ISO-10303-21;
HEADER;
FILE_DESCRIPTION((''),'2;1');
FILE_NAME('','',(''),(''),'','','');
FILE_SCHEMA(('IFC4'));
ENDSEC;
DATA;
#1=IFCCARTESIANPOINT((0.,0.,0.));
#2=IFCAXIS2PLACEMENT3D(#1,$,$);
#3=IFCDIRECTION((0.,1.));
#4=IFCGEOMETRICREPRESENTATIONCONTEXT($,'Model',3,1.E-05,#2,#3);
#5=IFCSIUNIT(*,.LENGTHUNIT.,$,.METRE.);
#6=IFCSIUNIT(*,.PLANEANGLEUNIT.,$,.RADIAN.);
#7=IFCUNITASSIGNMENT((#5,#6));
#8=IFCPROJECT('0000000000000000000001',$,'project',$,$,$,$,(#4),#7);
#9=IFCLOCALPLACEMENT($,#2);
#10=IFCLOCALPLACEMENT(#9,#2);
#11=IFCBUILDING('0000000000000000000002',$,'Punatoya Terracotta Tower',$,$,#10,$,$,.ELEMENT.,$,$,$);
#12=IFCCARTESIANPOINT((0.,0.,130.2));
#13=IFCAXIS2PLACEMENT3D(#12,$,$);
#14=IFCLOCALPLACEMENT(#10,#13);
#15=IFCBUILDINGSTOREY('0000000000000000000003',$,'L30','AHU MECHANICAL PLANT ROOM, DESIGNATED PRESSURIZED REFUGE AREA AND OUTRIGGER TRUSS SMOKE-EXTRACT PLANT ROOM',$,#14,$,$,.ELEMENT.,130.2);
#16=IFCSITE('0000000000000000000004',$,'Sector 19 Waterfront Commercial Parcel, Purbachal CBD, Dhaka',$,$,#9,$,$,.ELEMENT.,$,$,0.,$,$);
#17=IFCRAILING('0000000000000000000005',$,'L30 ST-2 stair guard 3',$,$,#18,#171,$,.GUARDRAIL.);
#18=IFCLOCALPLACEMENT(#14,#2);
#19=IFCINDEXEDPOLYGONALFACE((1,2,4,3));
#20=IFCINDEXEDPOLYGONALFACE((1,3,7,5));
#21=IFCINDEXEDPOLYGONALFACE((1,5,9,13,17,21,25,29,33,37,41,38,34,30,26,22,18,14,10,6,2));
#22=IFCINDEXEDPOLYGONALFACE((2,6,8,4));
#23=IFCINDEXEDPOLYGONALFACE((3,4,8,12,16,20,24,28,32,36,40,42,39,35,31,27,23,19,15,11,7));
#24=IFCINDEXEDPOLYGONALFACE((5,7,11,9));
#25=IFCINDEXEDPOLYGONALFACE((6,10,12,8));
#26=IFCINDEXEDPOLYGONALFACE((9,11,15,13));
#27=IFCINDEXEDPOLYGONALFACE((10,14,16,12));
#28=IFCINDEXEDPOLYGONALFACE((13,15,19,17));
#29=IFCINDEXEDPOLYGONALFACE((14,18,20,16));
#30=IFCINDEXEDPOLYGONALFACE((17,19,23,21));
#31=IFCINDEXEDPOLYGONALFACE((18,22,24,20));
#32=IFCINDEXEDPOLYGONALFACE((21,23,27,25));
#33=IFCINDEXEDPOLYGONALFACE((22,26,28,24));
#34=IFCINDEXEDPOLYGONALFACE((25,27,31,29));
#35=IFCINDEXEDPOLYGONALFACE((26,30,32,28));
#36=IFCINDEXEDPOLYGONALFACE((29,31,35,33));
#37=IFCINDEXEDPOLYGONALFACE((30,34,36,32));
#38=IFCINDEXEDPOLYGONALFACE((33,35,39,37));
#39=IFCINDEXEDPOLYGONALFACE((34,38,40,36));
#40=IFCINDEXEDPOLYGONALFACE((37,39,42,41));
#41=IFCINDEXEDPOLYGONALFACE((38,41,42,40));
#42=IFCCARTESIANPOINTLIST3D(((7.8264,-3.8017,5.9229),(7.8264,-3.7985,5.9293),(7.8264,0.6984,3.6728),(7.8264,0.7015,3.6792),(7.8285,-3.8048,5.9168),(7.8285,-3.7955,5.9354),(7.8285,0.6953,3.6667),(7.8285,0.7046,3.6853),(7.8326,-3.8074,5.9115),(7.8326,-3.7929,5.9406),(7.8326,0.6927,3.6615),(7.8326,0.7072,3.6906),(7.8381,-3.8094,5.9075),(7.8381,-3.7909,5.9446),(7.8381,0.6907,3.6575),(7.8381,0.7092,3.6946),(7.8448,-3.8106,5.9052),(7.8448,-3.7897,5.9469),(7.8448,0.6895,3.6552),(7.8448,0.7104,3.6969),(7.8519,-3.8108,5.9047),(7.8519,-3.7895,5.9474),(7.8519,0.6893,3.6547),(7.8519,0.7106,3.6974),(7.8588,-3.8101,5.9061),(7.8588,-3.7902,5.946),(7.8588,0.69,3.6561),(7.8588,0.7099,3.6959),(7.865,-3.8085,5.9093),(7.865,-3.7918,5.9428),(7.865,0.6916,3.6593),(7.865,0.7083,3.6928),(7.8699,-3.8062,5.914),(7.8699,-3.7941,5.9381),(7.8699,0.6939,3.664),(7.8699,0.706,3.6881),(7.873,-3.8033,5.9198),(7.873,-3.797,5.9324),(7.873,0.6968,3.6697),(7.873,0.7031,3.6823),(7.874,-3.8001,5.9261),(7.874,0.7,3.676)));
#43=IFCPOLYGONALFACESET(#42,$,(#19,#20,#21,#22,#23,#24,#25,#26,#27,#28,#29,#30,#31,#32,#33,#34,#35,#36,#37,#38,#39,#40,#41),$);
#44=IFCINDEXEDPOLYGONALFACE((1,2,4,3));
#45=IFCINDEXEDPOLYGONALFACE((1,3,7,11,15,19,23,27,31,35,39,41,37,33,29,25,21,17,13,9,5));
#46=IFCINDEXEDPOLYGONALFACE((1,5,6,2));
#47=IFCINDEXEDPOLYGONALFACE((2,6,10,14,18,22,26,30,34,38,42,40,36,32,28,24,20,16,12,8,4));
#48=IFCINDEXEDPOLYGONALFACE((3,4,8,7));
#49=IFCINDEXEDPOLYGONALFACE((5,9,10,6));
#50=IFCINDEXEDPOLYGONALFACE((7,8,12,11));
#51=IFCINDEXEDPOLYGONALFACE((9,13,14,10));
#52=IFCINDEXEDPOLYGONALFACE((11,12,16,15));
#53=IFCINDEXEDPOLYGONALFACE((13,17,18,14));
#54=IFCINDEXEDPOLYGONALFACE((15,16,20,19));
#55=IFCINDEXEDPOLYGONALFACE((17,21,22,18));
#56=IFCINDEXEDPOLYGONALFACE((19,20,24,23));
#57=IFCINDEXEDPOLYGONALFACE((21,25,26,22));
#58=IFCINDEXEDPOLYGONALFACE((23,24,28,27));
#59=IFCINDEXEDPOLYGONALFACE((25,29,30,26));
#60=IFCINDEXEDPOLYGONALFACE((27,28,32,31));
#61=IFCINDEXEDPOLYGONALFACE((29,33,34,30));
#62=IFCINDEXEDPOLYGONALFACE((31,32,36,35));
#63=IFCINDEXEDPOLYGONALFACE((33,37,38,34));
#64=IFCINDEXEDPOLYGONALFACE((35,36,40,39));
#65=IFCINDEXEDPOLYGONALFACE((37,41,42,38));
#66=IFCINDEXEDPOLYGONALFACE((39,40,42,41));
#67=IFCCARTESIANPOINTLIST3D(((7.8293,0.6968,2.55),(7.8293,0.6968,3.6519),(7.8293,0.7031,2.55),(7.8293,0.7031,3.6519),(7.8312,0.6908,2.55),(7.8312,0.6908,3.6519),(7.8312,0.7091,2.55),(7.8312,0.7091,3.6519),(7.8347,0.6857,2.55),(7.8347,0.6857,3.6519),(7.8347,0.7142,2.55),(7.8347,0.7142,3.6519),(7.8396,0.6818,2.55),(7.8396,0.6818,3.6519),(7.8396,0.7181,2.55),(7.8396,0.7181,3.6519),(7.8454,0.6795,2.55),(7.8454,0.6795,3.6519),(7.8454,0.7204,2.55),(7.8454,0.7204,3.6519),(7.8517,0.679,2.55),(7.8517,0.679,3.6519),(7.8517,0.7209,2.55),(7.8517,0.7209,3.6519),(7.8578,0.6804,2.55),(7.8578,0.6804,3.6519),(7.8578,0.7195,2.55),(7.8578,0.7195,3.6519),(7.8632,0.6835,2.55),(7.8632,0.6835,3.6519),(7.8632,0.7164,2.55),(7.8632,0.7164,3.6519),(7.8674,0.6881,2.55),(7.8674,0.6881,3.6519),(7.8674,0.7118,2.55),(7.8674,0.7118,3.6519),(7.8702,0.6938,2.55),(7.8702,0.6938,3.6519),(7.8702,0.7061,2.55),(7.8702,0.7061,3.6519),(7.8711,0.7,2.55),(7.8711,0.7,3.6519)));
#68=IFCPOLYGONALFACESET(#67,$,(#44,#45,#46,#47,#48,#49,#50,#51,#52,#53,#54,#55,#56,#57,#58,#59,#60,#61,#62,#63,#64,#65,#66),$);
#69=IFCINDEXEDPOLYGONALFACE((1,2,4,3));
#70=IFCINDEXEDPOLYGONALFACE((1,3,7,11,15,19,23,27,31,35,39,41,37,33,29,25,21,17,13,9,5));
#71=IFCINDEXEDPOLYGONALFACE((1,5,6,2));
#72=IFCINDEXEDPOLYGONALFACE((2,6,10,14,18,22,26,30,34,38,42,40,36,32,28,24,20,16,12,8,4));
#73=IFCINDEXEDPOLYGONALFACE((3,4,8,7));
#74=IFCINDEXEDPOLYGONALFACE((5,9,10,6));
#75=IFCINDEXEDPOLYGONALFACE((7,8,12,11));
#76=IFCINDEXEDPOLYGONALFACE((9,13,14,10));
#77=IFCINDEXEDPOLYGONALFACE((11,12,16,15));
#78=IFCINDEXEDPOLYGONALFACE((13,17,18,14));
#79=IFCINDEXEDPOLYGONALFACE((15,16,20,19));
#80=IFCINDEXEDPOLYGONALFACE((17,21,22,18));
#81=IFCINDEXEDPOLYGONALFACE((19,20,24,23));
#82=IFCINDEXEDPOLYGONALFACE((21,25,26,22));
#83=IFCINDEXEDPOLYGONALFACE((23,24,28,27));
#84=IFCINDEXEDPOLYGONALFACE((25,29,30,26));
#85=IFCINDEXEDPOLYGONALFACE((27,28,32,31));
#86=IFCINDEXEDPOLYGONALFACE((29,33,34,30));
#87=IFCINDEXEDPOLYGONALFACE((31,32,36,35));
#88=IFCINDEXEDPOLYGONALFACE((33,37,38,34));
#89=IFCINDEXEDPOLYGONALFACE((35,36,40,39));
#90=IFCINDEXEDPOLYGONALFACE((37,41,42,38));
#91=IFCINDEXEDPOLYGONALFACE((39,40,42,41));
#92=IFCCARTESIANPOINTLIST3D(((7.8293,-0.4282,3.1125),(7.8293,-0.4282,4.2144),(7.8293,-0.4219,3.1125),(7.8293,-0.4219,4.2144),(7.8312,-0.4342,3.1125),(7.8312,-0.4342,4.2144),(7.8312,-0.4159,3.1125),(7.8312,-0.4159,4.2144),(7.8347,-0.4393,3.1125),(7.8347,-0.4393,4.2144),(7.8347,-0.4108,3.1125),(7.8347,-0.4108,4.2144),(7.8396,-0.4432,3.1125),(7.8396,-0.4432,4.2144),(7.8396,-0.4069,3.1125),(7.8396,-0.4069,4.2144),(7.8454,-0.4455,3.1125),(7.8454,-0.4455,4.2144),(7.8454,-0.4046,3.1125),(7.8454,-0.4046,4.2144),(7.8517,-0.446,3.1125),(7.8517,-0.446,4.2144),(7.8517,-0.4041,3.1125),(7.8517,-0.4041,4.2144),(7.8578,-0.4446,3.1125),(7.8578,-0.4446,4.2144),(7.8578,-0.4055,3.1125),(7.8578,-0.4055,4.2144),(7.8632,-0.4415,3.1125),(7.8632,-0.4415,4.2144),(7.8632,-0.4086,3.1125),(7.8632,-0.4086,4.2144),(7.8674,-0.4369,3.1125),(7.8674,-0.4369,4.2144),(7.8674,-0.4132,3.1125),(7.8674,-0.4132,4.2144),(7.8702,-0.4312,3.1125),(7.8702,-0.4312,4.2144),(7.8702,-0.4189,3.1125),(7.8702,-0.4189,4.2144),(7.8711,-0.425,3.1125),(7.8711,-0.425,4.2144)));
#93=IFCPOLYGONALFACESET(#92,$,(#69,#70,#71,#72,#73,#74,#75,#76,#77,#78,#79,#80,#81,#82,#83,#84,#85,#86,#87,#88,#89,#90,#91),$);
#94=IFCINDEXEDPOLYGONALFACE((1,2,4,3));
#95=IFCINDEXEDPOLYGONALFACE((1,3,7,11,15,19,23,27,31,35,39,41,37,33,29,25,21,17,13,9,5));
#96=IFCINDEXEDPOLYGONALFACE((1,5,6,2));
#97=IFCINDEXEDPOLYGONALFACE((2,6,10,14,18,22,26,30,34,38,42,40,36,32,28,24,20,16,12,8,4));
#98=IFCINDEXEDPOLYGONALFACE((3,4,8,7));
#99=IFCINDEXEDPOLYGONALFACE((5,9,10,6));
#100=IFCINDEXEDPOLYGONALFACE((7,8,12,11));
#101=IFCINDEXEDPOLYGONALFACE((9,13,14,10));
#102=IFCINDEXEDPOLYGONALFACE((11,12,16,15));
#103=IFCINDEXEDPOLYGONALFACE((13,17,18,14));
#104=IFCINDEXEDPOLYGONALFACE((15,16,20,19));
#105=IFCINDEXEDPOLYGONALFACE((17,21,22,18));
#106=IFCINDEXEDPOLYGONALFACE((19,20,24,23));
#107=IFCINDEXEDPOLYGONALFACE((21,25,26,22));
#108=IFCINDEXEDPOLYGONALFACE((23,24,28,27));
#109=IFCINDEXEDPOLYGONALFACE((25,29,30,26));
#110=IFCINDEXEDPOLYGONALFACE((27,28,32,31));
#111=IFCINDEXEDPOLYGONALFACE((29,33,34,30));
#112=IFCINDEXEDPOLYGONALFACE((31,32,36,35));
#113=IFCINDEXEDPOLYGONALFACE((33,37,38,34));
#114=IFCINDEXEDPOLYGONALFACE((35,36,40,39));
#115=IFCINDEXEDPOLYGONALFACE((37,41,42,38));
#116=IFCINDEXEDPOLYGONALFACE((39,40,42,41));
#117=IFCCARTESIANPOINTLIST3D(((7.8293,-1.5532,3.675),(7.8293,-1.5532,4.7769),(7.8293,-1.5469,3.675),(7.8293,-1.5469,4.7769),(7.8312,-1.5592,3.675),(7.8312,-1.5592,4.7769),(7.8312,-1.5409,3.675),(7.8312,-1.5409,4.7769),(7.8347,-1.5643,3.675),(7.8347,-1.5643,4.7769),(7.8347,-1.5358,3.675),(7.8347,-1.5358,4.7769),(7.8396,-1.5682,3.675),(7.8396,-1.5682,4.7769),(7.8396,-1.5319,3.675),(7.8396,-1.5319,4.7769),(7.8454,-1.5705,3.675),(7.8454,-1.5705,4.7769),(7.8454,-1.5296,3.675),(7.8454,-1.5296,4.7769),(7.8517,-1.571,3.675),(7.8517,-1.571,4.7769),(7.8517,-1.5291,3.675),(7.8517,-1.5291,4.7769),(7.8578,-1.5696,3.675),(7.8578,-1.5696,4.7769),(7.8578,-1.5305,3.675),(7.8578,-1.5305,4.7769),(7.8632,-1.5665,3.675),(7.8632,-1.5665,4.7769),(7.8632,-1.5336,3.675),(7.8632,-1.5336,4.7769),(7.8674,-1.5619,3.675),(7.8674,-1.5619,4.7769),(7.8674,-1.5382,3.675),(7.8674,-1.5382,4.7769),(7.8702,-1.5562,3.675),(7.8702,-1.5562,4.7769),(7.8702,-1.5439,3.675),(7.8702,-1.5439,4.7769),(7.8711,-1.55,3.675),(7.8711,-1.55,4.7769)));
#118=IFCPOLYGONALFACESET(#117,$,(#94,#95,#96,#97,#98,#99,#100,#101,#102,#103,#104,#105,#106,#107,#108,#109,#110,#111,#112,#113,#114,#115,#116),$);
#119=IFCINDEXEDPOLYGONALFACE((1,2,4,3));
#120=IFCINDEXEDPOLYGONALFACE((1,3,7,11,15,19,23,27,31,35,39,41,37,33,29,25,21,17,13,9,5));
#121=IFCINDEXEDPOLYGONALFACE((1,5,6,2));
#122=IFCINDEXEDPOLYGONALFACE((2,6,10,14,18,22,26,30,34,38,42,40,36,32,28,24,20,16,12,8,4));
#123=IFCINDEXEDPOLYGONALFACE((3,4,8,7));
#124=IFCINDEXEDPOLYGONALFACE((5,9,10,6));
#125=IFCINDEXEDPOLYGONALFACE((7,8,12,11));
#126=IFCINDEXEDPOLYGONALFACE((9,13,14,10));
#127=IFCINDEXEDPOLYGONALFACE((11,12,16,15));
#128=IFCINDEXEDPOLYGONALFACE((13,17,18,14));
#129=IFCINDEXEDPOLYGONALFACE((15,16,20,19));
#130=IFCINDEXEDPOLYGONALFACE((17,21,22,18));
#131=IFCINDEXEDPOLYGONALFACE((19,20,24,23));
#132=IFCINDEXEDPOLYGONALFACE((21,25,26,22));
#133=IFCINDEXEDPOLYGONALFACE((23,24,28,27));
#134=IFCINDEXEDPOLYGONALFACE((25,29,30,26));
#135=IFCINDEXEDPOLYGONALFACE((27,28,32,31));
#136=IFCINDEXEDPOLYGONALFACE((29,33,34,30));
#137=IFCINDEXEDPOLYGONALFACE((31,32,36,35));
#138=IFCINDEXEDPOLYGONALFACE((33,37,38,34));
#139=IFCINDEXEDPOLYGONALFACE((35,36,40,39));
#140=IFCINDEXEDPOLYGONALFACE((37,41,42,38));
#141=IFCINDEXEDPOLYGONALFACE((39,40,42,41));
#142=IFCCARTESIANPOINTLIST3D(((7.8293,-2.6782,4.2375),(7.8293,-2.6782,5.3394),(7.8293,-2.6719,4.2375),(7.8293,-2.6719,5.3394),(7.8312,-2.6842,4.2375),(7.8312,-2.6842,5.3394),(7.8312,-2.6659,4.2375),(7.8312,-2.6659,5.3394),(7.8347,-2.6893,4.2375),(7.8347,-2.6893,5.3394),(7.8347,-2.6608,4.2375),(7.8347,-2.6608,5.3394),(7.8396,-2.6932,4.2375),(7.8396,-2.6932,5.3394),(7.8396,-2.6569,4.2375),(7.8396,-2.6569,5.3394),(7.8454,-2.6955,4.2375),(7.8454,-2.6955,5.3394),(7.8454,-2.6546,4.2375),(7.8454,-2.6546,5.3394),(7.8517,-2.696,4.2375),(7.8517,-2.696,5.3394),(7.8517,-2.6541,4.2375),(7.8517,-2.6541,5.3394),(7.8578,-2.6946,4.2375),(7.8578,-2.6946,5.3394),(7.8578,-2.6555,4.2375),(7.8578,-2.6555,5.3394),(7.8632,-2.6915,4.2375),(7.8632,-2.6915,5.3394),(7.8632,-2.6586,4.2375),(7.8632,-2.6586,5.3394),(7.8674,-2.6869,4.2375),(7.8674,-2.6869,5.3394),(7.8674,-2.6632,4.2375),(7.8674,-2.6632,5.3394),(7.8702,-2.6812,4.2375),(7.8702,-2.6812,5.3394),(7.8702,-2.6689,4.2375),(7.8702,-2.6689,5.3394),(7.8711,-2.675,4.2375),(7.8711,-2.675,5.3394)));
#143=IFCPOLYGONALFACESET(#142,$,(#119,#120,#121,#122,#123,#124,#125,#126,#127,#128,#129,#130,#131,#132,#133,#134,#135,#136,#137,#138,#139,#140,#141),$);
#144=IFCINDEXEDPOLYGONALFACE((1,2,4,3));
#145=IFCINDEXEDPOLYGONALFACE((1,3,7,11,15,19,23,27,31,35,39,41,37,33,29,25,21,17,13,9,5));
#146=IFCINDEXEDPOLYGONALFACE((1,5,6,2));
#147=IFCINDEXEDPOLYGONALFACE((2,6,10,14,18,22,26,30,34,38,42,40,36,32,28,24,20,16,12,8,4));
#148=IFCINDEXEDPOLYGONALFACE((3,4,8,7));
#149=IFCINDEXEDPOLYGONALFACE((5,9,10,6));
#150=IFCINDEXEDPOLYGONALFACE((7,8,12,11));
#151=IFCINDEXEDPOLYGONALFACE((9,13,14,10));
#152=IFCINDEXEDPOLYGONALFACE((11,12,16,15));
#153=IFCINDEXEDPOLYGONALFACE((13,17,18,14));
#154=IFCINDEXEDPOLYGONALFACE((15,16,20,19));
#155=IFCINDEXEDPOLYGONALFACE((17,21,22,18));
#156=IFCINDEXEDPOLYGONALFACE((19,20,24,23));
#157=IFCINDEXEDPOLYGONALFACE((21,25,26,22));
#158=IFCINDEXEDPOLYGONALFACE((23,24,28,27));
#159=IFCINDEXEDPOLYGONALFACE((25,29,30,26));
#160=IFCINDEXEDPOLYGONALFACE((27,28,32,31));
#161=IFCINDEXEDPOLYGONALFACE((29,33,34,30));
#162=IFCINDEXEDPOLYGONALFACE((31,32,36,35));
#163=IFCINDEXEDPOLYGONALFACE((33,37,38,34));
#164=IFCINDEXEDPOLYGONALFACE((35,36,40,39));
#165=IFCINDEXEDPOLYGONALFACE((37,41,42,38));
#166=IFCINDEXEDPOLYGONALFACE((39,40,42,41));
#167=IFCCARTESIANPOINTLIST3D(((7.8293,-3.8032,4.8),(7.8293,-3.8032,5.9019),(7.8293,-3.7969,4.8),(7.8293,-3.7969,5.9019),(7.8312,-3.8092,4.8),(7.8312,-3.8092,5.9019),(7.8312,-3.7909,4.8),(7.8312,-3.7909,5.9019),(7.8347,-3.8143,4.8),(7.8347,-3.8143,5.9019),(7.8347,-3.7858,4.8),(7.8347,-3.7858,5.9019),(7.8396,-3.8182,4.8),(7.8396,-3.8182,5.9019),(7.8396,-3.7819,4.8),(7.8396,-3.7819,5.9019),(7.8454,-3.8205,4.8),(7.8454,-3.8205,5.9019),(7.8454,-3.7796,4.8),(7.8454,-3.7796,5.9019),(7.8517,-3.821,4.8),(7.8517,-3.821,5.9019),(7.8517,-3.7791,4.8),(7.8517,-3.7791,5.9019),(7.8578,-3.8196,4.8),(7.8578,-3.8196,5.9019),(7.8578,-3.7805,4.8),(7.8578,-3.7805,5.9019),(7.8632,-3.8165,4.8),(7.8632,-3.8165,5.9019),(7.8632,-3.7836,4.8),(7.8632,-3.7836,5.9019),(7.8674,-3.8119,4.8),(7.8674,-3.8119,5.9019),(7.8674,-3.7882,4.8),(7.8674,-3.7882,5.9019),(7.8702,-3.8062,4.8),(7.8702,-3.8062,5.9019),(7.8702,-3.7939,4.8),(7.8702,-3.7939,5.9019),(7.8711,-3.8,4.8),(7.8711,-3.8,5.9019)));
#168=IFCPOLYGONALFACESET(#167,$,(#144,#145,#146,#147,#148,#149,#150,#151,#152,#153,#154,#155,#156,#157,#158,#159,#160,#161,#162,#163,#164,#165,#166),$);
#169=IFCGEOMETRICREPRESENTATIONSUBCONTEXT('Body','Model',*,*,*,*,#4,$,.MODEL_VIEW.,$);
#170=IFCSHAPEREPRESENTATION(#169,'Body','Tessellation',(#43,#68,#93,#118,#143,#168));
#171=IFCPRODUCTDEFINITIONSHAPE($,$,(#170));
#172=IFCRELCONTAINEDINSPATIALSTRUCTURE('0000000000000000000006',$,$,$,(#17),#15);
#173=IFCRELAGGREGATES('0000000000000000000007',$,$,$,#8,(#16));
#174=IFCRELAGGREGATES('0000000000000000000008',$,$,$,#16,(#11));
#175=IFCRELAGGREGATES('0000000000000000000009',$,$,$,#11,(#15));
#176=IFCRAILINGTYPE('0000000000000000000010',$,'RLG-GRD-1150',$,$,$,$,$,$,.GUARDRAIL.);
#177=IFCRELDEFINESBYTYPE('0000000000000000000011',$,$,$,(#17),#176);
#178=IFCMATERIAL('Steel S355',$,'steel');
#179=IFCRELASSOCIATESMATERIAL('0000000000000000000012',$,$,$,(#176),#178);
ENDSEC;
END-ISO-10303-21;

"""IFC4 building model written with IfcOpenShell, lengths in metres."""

from ifc_helpers import new_model, si_unit, direction, frame, origin, origin_2d, place, context, subcontext, project, spatial, circle, extrude, material, type_object, element, save


model = new_model("IFC4")

# Units and contexts
model_context = context("Model", 3, precision=1e-05, world=origin(), true_north=direction((0.0, 1.0)))
body_context = subcontext(model_context, "Body", "Model", "MODEL_VIEW")
ifc_project = project(units=[si_unit("LENGTHUNIT", "METRE"), si_unit("PLANEANGLEUNIT", "RADIAN")], contexts=[model_context])

# Site, building, storey
site_placement = place(None, origin())
site = spatial("IfcSite", under=ifc_project, at=site_placement, Name="Sector 19 Waterfront Commercial Parcel, Purbachal CBD, Dhaka", CompositionType="ELEMENT", RefElevation=0.0)
building_placement = place(site_placement, origin())
building = spatial("IfcBuilding", under=site, at=building_placement, Name="Punatoya Terracotta Tower", CompositionType="ELEMENT")
storey_placement = place(building_placement, frame((0.0, 0.0, 130.2)))
storey = spatial("IfcBuildingStorey", under=building, at=storey_placement, Name="L30", Description="AHU MECHANICAL PLANT ROOM, DESIGNATED PRESSURIZED REFUGE AREA AND OUTRIGGER TRUSS SMOKE-EXTRACT PLANT ROOM", CompositionType="ELEMENT", Elevation=130.2)

# Shared definitions
ifc_material_1 = material(Name="Steel S355", Category="steel")

# Railing
railing_type_1 = type_object("IfcRailingType", Name="RLG-GRD-1150", PredefinedType="GUARDRAIL", material=ifc_material_1)
railing_1_placement = place(storey_placement, frame((7.8501, 0.7, 2.55)))
element("IfcRailing", 1, at=railing_1_placement, inside=storey, type_object=railing_type_1, Name="L30 ST-2 stair guard 3", PredefinedType="GUARDRAIL", context=body_context, shape_type="SweptSolid", body=[
    extrude(circle(Radius=0.0239, at=origin_2d()), frame((0.0, 0.0, 1.126), z_axis=(0.0, -0.894427, 0.447214), x_axis=(1.0, 0.0, 0.0)), (0.0, 0.0, 1.0), 5.0312),
    extrude(circle(Radius=0.021, at=origin_2d()), origin(), (0.0, 0.0, 1.0), 1.1018),
    extrude(circle(Radius=0.021, at=origin_2d()), frame((0.0, -1.125, 0.5625)), (0.0, 0.0, 1.0), 1.1018),
    extrude(circle(Radius=0.021, at=origin_2d()), frame((0.0, -2.25, 1.125)), (0.0, 0.0, 1.0), 1.1018),
    extrude(circle(Radius=0.021, at=origin_2d()), frame((0.0, -3.375, 1.6875)), (0.0, 0.0, 1.0), 1.1018),
    extrude(circle(Radius=0.021, at=origin_2d()), frame((0.0, -4.5, 2.25)), (0.0, 0.0, 1.0), 1.1018),
])

save(model, "model.ifc")
